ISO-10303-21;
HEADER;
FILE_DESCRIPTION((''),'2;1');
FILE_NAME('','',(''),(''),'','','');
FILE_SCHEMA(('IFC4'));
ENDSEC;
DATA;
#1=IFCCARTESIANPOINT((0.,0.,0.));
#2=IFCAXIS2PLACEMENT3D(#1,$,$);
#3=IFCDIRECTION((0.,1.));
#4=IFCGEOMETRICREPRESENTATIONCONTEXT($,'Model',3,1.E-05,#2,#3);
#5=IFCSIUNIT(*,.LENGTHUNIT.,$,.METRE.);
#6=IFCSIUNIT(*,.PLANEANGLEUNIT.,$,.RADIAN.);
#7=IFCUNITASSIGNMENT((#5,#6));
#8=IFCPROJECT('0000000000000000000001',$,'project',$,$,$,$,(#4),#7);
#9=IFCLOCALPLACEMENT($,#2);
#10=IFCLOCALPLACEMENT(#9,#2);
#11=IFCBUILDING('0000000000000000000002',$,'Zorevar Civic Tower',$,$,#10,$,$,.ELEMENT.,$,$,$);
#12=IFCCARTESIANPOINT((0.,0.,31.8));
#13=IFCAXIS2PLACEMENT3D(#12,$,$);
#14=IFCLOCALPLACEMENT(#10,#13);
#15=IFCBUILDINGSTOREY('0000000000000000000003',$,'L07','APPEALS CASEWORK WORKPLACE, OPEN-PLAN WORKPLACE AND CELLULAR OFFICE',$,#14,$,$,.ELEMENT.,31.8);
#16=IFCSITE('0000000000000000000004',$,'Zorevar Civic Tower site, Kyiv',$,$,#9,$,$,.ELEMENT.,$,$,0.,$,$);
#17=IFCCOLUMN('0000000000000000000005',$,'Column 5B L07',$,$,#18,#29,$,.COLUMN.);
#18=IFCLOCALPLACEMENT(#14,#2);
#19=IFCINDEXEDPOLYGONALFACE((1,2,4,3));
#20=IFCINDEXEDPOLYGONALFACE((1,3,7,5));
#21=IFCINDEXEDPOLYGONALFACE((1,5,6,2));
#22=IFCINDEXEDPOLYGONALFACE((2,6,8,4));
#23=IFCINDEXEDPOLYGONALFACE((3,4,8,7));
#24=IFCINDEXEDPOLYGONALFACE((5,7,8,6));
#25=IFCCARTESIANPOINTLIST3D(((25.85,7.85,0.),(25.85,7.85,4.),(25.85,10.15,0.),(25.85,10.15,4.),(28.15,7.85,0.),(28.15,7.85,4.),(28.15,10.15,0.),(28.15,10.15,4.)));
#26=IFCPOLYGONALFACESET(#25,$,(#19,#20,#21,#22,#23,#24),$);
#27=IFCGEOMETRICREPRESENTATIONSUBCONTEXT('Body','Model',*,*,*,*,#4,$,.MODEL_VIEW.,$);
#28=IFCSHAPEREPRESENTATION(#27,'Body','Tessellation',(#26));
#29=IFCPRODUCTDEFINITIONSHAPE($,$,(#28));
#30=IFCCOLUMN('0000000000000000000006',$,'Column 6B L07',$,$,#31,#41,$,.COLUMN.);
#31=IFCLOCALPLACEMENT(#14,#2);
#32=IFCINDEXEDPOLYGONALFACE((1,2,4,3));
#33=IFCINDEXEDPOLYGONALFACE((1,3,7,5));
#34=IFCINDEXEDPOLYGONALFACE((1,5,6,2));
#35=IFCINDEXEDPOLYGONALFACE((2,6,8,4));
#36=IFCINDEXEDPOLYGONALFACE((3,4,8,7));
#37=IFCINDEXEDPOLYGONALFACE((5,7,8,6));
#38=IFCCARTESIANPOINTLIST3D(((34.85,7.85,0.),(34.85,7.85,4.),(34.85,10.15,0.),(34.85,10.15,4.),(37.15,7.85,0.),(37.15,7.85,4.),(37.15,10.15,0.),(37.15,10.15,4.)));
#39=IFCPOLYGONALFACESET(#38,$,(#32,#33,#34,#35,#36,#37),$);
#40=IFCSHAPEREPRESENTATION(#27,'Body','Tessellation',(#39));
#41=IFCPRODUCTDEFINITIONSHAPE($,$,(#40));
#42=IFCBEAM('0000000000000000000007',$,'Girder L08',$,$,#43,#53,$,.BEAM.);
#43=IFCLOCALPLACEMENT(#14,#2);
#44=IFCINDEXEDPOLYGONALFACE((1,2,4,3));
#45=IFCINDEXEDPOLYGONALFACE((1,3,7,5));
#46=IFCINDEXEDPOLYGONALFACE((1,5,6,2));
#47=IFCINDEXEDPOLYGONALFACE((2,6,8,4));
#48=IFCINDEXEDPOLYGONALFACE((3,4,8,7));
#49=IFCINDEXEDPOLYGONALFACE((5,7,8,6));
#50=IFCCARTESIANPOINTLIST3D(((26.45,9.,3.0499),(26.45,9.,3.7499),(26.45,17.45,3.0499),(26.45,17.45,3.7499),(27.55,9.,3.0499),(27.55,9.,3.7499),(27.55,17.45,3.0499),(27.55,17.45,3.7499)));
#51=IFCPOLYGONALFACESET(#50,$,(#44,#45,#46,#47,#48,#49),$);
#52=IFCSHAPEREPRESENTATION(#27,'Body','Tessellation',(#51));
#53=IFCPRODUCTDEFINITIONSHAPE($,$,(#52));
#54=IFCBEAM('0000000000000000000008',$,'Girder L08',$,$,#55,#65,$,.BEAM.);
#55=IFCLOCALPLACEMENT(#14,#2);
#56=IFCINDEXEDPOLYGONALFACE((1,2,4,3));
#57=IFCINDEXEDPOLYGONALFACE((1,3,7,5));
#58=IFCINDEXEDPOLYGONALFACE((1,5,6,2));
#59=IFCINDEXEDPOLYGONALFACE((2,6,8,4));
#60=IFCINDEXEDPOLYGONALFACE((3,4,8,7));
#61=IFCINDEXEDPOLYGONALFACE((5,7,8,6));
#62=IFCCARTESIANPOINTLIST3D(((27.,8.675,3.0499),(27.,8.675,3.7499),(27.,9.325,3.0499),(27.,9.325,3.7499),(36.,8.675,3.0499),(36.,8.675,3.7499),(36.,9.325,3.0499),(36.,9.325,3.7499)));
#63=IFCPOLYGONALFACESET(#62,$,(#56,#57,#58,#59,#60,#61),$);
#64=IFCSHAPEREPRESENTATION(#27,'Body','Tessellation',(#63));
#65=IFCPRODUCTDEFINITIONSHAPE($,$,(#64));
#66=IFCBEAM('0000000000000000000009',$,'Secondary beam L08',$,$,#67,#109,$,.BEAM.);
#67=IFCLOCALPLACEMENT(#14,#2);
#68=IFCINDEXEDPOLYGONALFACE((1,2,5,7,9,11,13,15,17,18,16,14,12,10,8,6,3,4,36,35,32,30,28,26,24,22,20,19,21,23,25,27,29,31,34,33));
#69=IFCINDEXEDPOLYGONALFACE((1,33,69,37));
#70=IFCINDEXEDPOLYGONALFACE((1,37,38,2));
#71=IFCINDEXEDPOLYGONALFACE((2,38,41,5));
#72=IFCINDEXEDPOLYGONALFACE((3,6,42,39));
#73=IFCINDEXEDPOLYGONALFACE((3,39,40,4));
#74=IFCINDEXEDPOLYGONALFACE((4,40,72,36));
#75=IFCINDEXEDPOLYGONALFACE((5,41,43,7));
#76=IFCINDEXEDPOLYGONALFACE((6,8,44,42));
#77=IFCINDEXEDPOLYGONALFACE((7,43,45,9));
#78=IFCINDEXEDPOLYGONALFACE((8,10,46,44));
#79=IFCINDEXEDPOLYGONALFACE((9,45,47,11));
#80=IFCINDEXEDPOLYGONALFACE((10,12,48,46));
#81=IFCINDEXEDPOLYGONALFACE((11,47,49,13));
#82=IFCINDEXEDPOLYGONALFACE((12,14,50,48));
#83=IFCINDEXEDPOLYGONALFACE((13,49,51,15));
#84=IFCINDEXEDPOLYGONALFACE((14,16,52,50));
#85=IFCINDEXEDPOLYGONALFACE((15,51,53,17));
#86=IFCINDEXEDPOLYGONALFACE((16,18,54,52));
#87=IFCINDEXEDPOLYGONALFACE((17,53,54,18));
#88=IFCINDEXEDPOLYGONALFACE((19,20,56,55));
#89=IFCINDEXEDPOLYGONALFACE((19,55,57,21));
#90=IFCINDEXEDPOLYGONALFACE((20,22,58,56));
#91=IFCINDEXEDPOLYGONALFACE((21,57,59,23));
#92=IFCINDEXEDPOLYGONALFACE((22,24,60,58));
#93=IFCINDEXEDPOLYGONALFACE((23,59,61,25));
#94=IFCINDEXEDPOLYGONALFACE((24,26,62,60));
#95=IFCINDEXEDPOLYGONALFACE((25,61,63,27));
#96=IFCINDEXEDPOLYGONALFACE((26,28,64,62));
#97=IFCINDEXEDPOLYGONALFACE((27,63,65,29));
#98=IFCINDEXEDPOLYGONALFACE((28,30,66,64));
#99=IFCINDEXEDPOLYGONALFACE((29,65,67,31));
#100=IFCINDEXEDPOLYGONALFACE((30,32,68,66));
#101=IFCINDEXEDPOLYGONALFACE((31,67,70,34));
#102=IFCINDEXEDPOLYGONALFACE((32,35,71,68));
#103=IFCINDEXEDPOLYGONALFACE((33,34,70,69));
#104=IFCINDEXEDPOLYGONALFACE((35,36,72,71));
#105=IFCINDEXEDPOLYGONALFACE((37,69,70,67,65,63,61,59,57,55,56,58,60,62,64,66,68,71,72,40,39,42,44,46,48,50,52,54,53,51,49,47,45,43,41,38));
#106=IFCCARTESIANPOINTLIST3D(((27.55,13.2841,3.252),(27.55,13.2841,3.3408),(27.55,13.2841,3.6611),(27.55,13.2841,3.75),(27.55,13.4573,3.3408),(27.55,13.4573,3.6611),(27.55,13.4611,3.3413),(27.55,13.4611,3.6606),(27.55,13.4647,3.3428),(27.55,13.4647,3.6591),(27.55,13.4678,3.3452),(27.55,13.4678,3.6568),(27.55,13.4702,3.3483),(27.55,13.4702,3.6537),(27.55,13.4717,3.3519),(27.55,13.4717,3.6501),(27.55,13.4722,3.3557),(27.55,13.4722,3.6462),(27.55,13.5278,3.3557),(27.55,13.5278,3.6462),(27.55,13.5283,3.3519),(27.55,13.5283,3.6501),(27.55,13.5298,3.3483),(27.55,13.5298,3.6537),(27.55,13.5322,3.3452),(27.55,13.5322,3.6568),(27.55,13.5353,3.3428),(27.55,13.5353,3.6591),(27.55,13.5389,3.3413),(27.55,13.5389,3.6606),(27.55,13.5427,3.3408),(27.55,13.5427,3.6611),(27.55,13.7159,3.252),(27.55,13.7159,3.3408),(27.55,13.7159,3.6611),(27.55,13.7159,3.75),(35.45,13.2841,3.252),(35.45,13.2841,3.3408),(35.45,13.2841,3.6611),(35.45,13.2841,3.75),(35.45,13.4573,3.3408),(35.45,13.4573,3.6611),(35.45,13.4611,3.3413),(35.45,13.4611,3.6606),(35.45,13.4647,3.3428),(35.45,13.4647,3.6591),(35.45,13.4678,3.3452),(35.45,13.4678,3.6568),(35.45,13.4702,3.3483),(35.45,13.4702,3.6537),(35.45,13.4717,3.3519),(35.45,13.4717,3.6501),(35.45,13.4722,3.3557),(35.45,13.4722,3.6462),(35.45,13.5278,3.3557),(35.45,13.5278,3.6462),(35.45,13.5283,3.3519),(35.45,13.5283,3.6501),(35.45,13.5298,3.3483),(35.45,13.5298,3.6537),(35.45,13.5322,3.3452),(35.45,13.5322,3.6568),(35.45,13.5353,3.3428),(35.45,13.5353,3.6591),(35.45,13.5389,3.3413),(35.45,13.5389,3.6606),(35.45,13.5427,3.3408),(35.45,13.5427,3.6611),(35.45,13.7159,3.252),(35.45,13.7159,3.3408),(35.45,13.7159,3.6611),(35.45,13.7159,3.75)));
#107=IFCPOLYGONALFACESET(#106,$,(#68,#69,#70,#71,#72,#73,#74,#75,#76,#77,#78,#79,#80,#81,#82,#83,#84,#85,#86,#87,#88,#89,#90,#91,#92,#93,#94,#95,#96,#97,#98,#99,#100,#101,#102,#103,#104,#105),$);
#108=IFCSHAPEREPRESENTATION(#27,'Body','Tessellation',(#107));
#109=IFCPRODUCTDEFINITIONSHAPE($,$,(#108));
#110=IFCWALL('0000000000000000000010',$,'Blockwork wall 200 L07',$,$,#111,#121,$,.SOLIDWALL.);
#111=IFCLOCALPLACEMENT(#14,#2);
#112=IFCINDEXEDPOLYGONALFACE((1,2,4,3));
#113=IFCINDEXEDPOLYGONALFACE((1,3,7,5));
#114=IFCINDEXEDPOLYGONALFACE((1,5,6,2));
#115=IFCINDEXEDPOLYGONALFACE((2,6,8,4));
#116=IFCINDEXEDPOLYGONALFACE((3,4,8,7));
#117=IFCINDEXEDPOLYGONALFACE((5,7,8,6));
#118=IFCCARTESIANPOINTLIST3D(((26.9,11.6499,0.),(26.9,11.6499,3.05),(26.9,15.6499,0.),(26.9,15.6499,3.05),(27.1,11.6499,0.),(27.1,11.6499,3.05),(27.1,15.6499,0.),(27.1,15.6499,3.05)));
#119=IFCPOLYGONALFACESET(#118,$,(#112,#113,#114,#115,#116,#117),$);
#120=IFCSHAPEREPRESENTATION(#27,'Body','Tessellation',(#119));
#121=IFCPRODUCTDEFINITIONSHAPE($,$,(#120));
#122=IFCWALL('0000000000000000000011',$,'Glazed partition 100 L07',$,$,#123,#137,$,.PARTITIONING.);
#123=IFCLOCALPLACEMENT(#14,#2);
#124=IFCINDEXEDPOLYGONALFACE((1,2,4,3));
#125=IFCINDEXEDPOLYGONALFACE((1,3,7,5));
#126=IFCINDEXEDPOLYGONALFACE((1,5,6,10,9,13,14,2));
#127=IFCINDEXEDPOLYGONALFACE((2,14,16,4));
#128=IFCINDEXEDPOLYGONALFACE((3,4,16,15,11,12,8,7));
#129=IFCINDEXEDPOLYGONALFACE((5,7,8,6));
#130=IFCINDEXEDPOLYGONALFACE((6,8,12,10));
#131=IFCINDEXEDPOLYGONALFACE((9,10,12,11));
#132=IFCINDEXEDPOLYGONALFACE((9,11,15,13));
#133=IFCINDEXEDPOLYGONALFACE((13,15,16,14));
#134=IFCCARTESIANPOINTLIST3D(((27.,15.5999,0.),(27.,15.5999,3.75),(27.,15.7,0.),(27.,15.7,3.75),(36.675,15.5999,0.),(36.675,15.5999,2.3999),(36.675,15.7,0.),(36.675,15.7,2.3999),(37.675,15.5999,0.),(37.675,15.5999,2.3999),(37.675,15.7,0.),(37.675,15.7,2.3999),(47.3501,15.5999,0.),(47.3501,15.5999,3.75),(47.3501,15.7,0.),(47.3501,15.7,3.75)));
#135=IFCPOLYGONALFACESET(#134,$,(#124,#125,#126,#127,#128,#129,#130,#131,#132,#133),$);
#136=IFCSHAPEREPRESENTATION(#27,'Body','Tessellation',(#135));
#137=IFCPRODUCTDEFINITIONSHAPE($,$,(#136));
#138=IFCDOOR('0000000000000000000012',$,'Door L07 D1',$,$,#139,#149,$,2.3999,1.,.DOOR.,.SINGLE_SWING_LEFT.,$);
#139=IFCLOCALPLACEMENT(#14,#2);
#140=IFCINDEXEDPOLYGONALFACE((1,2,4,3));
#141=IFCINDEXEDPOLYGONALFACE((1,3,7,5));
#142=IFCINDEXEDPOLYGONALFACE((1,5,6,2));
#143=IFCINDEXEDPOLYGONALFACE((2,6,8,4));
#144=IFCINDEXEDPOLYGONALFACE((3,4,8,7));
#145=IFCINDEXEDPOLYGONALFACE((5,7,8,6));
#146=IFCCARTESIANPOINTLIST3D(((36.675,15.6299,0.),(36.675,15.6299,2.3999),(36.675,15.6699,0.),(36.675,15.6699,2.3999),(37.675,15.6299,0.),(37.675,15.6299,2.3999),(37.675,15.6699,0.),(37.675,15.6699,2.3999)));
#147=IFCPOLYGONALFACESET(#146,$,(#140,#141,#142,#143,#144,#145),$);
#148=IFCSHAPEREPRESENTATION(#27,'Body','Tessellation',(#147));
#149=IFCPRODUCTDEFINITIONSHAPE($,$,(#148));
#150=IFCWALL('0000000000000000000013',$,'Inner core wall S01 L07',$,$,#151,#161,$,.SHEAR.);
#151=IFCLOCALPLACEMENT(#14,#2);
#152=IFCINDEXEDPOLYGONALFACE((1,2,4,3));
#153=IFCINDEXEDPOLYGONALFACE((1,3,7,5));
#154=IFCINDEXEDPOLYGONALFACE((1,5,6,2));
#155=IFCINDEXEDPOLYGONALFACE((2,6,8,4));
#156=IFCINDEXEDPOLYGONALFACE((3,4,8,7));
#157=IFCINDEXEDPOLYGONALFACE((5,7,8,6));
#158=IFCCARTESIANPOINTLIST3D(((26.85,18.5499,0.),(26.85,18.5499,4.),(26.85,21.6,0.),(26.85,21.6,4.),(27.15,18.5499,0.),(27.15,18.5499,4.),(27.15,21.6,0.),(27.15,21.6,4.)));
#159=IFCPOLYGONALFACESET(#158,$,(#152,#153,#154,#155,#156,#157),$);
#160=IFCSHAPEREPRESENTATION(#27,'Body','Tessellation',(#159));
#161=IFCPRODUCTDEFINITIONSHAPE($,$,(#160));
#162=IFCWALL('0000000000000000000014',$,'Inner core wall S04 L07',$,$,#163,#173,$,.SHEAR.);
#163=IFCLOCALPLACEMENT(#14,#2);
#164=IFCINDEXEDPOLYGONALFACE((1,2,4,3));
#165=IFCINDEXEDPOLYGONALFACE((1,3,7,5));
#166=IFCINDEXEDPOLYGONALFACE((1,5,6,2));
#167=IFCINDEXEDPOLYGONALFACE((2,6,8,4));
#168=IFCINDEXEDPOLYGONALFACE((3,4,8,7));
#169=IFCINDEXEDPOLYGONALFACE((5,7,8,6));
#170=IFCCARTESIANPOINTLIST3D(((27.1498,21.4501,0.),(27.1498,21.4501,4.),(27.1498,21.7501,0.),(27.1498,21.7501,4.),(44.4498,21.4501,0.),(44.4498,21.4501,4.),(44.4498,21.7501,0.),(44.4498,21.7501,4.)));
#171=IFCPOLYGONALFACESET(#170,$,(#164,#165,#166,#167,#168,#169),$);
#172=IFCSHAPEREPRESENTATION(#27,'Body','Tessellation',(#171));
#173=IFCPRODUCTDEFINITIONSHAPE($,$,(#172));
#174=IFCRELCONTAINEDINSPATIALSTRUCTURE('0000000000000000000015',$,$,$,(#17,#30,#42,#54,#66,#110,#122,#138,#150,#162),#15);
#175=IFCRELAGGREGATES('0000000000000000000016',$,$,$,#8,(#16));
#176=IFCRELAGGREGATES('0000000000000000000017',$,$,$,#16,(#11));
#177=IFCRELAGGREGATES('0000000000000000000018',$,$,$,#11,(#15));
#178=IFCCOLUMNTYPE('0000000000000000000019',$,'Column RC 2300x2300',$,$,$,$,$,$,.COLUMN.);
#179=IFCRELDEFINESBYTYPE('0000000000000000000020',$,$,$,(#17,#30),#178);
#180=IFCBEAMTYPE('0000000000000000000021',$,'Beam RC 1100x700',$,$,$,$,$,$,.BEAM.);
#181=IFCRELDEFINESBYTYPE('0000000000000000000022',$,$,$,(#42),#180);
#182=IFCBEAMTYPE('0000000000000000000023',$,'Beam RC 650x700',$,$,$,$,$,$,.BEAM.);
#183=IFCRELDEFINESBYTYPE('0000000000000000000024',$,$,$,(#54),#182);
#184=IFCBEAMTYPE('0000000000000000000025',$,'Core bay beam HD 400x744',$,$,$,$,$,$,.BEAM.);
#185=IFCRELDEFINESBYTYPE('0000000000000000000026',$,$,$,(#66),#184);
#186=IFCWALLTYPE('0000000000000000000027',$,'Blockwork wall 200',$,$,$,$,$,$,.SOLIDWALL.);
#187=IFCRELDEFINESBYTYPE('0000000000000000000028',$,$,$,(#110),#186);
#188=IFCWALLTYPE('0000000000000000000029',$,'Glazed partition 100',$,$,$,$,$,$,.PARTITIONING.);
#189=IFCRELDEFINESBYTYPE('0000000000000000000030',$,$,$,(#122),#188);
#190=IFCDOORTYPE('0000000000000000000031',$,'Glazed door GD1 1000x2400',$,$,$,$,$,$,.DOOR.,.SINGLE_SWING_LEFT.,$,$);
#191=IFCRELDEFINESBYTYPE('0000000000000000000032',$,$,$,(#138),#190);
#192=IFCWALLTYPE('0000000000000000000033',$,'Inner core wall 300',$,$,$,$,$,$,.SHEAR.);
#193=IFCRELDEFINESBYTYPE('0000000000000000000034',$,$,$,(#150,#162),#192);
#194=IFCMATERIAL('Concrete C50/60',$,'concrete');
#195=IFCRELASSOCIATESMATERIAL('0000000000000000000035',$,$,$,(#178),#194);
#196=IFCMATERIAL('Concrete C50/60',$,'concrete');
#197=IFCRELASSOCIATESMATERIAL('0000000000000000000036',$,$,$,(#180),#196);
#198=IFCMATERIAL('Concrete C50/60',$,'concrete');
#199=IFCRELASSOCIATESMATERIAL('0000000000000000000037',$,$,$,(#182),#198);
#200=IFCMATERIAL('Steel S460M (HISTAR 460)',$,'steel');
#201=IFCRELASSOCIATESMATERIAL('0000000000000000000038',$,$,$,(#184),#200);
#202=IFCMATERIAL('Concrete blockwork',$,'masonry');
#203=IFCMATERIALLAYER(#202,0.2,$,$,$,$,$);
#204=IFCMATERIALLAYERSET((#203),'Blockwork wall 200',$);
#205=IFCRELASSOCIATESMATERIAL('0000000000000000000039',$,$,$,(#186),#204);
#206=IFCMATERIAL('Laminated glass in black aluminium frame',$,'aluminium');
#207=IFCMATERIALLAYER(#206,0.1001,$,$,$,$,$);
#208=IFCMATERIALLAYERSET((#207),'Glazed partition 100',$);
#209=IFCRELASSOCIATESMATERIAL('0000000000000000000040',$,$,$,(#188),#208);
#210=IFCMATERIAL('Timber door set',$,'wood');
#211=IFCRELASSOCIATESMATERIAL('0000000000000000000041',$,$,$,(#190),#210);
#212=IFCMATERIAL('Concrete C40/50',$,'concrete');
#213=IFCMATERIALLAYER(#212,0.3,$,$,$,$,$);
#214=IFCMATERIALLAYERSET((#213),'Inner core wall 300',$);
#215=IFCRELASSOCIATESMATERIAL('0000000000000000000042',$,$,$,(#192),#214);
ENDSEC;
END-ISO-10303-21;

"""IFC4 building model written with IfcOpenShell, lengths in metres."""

from ifc_helpers import new_model, si_unit, direction, frame, frame_2d, origin, origin_2d, place, context, subcontext, project, spatial, rectangle, i_section, extrude, material, layer, layer_set, material_profile, profile_set, type_object, element, fill, save


model = new_model("IFC4")

# Units and contexts
model_context = context("Model", 3, precision=1e-05, world=origin(), true_north=direction((0.0, 1.0)))
body_context = subcontext(model_context, "Body", "Model", "MODEL_VIEW")
ifc_project = project(units=[si_unit("LENGTHUNIT", "METRE"), si_unit("PLANEANGLEUNIT", "RADIAN")], contexts=[model_context])

# Site, building, storey
site_placement = place(None, origin())
site = spatial("IfcSite", under=ifc_project, at=site_placement, Name="Zorevar Civic Tower site, Kyiv", CompositionType="ELEMENT", RefElevation=0.0)
building_placement = place(site_placement, origin())
building = spatial("IfcBuilding", under=site, at=building_placement, Name="Zorevar Civic Tower", CompositionType="ELEMENT")
storey_placement = place(building_placement, frame((0.0, 0.0, 31.8)))
storey = spatial("IfcBuildingStorey", under=building, at=storey_placement, Name="L07", Description="APPEALS CASEWORK WORKPLACE, OPEN-PLAN WORKPLACE AND CELLULAR OFFICE", CompositionType="ELEMENT", Elevation=31.8)

# Columns
ifc_material_1 = material(Name="Concrete C50/60", Category="concrete")
ifc_material_profile_1 = material_profile(ifc_material_1, rectangle(XDim=2.3, YDim=2.3, at=origin_2d()), Name="RC 2300x2300")
ifc_profile_set_1 = profile_set([ifc_material_profile_1], Name="Concrete C50/60")
column_type = type_object("IfcColumnType", Name="Column RC 2300x2300", PredefinedType="COLUMN", material=ifc_profile_set_1)
for number, where, z_axis, x_axis, name in (
    (1, (27.0, 9.0, 0.0), (0.0, 0.0, 1.0), (1.0, 0.0, 0.0), "Column 5B L07"),
    (2, (36.0, 9.0, 0.0), (0.0, 0.0, 1.0), (1.0, 0.0, 0.0), "Column 6B L07"),
):
    element("IfcColumn", number, at=place(storey_placement, frame(where, z_axis=z_axis, x_axis=x_axis)), inside=storey, type_object=column_type, Name=name, PredefinedType="COLUMN", context=body_context, shape_type="SweptSolid", body=[
        extrude(rectangle(XDim=2.3, YDim=2.3, at=origin_2d()), origin(), (0.0, 0.0, 1.0), 4.0),
    ])

# Beams
ifc_material_2 = material(Name="Concrete C50/60", Category="concrete")
ifc_material_profile_2 = material_profile(ifc_material_2, rectangle(XDim=1.1001, YDim=0.7, at=origin_2d()), Name="RC 1100x700")
ifc_profile_set_2 = profile_set([ifc_material_profile_2], Name="Concrete C50/60")
beam_type_1 = type_object("IfcBeamType", Name="Beam RC 1100x700", PredefinedType="BEAM", material=ifc_profile_set_2)
beam_1_placement = place(storey_placement, frame((27.0, 9.0, 3.3999), z_axis=(0.0, 1.0, 0.0), x_axis=(-1.0, 0.0, 0.0)))
element("IfcBeam", 3, at=beam_1_placement, inside=storey, type_object=beam_type_1, Name="Girder L08", PredefinedType="BEAM", context=body_context, shape_type="SweptSolid", body=[
    extrude(rectangle(XDim=1.1001, YDim=0.7, at=origin_2d()), origin(), (0.0, 0.0, 1.0), 8.45),
])
ifc_material_3 = material(Name="Concrete C50/60", Category="concrete")
ifc_material_profile_3 = material_profile(ifc_material_3, rectangle(XDim=0.6499, YDim=0.7, at=origin_2d()), Name="RC 650x700")
ifc_profile_set_3 = profile_set([ifc_material_profile_3], Name="Concrete C50/60")
beam_type_2 = type_object("IfcBeamType", Name="Beam RC 650x700", PredefinedType="BEAM", material=ifc_profile_set_3)
beam_2_placement = place(storey_placement, frame((27.0, 9.0, 3.3999), z_axis=(1.0, 0.0, 0.0), x_axis=(0.0, 1.0, 0.0)))
element("IfcBeam", 4, at=beam_2_placement, inside=storey, type_object=beam_type_2, Name="Girder L08", PredefinedType="BEAM", context=body_context, shape_type="SweptSolid", body=[
    extrude(rectangle(XDim=0.6499, YDim=0.7, at=origin_2d()), origin(), (0.0, 0.0, 1.0), 9.0),
])
ifc_material_4 = material(Name="Steel S460M (HISTAR 460)", Category="steel")
ifc_material_profile_4 = material_profile(ifc_material_4, i_section(OverallWidth=0.4319, OverallDepth=0.498, WebThickness=0.0557, FlangeThickness=0.0889, FilletRadius=0.0149, at=origin_2d()), Name="HD 400x744")
ifc_profile_set_4 = profile_set([ifc_material_profile_4], Name="Steel S460M (HISTAR 460)")
beam_type_3 = type_object("IfcBeamType", Name="Core bay beam HD 400x744", PredefinedType="BEAM", material=ifc_profile_set_4)
beam_3_placement = place(storey_placement, frame((27.55, 13.5, 3.501), z_axis=(1.0, 0.0, 0.0), x_axis=(0.0, 1.0, 0.0)))
element("IfcBeam", 5, at=beam_3_placement, inside=storey, type_object=beam_type_3, Name="Secondary beam L08", PredefinedType="BEAM", context=body_context, shape_type="SweptSolid", body=[
    extrude(i_section(OverallWidth=0.4319, OverallDepth=0.498, WebThickness=0.0557, FlangeThickness=0.0889, FilletRadius=0.0149, at=origin_2d()), origin(), (0.0, 0.0, 1.0), 7.8999),
])

# Wall
ifc_material_5 = material(Name="Concrete blockwork", Category="masonry")
ifc_layer_1 = layer(ifc_material_5, 0.2)
ifc_layer_set_1 = layer_set([ifc_layer_1], Name="Blockwork wall 200")
wall_type_1 = type_object("IfcWallType", Name="Blockwork wall 200", PredefinedType="SOLIDWALL", material=ifc_layer_set_1)
wall_1_placement = place(storey_placement, frame((27.0, 11.6499, 0.0), z_axis=(0.0, 0.0, 1.0), x_axis=(0.0, 1.0, 0.0)))
element("IfcWall", 6, at=wall_1_placement, inside=storey, type_object=wall_type_1, Name="Blockwork wall 200 L07", PredefinedType="SOLIDWALL", context=body_context, shape_type="SweptSolid", body=[
    extrude(rectangle(XDim=4.0, YDim=0.2, at=frame_2d((2.0, 0.0))), origin(), (0.0, 0.0, 1.0), 3.05),
])

# Wall, opening, door
ifc_material_6 = material(Name="Laminated glass in black aluminium frame", Category="aluminium")
ifc_layer_2 = layer(ifc_material_6, 0.1001)
ifc_layer_set_2 = layer_set([ifc_layer_2], Name="Glazed partition 100")
wall_type_2 = type_object("IfcWallType", Name="Glazed partition 100", PredefinedType="PARTITIONING", material=ifc_layer_set_2)
wall_2_placement = place(storey_placement, frame((27.0, 15.6499, 0.0), z_axis=(0.0, 0.0, 1.0), x_axis=(1.0, 0.0, 0.0)))
wall_2 = element("IfcWall", 7, at=wall_2_placement, inside=storey, type_object=wall_type_2, Name="Glazed partition 100 L07", PredefinedType="PARTITIONING", context=body_context, shape_type="SweptSolid", body=[
    extrude(rectangle(XDim=20.3501, YDim=0.1001, at=frame_2d((10.175, 0.0))), origin(), (0.0, 0.0, 1.0), 3.75),
])
opening_1_placement = place(wall_2_placement, frame((9.675, 0.0, 0.0)))
opening_1 = element("IfcOpeningElement", 8, at=opening_1_placement, cuts=wall_2, PredefinedType="OPENING", context=body_context, shape_type="SweptSolid", body=[
    extrude(rectangle(XDim=1.0, YDim=2.3999, at=frame_2d((0.5, 1.2))), frame((0.0, 0.0601, 0.0), z_axis=(0.0, -1.0, 0.0), x_axis=(1.0, 0.0, 0.0)), (0.0, 0.0, 1.0), 0.1201),
])
ifc_material_7 = material(Name="Timber door set", Category="wood")
door_type_1 = type_object("IfcDoorType", Name="Glazed door GD1 1000x2400", OperationType="SINGLE_SWING_LEFT", PredefinedType="DOOR", material=ifc_material_7)
door_1_placement = place(opening_1_placement, origin())
door_1 = element("IfcDoor", 9, at=door_1_placement, inside=storey, type_object=door_type_1, Name="Door L07 D1", OperationType="SINGLE_SWING_LEFT", OverallHeight=2.3999, OverallWidth=1.0, PredefinedType="DOOR", context=body_context, shape_type="SweptSolid", body=[
    extrude(rectangle(XDim=1.0, YDim=2.3999, at=frame_2d((0.5, 1.2))), frame((0.0, 0.02, 0.0), z_axis=(0.0, -1.0, 0.0), x_axis=(1.0, 0.0, 0.0)), (0.0, 0.0, 1.0), 0.04),
])
fill(opening_1, door_1)

# Walls
ifc_material_8 = material(Name="Concrete C40/50", Category="concrete")
ifc_layer_3 = layer(ifc_material_8, 0.3)
ifc_layer_set_3 = layer_set([ifc_layer_3], Name="Inner core wall 300")
wall_type_3 = type_object("IfcWallType", Name="Inner core wall 300", PredefinedType="SHEAR", material=ifc_layer_set_3)
wall_3_placement = place(storey_placement, frame((27.0, 18.55, 0.0), z_axis=(0.0, 0.0, 1.0), x_axis=(0.0, 1.0, 0.0)))
element("IfcWall", 10, at=wall_3_placement, inside=storey, type_object=wall_type_3, Name="Inner core wall S01 L07", PredefinedType="SHEAR", context=body_context, shape_type="SweptSolid", body=[
    extrude(rectangle(XDim=3.05, YDim=0.3, at=frame_2d((1.5249, 0.0))), origin(), (0.0, 0.0, 1.0), 4.0),
])
wall_4_placement = place(storey_placement, frame((27.1499, 21.6001, 0.0), z_axis=(0.0, 0.0, 1.0), x_axis=(1.0, 0.0, 0.0)))
element("IfcWall", 11, at=wall_4_placement, inside=storey, type_object=wall_type_3, Name="Inner core wall S04 L07", PredefinedType="SHEAR", context=body_context, shape_type="SweptSolid", body=[
    extrude(rectangle(XDim=17.3, YDim=0.3, at=frame_2d((8.6499, 0.0))), origin(), (0.0, 0.0, 1.0), 4.0),
])

save(model, "model.ifc")
